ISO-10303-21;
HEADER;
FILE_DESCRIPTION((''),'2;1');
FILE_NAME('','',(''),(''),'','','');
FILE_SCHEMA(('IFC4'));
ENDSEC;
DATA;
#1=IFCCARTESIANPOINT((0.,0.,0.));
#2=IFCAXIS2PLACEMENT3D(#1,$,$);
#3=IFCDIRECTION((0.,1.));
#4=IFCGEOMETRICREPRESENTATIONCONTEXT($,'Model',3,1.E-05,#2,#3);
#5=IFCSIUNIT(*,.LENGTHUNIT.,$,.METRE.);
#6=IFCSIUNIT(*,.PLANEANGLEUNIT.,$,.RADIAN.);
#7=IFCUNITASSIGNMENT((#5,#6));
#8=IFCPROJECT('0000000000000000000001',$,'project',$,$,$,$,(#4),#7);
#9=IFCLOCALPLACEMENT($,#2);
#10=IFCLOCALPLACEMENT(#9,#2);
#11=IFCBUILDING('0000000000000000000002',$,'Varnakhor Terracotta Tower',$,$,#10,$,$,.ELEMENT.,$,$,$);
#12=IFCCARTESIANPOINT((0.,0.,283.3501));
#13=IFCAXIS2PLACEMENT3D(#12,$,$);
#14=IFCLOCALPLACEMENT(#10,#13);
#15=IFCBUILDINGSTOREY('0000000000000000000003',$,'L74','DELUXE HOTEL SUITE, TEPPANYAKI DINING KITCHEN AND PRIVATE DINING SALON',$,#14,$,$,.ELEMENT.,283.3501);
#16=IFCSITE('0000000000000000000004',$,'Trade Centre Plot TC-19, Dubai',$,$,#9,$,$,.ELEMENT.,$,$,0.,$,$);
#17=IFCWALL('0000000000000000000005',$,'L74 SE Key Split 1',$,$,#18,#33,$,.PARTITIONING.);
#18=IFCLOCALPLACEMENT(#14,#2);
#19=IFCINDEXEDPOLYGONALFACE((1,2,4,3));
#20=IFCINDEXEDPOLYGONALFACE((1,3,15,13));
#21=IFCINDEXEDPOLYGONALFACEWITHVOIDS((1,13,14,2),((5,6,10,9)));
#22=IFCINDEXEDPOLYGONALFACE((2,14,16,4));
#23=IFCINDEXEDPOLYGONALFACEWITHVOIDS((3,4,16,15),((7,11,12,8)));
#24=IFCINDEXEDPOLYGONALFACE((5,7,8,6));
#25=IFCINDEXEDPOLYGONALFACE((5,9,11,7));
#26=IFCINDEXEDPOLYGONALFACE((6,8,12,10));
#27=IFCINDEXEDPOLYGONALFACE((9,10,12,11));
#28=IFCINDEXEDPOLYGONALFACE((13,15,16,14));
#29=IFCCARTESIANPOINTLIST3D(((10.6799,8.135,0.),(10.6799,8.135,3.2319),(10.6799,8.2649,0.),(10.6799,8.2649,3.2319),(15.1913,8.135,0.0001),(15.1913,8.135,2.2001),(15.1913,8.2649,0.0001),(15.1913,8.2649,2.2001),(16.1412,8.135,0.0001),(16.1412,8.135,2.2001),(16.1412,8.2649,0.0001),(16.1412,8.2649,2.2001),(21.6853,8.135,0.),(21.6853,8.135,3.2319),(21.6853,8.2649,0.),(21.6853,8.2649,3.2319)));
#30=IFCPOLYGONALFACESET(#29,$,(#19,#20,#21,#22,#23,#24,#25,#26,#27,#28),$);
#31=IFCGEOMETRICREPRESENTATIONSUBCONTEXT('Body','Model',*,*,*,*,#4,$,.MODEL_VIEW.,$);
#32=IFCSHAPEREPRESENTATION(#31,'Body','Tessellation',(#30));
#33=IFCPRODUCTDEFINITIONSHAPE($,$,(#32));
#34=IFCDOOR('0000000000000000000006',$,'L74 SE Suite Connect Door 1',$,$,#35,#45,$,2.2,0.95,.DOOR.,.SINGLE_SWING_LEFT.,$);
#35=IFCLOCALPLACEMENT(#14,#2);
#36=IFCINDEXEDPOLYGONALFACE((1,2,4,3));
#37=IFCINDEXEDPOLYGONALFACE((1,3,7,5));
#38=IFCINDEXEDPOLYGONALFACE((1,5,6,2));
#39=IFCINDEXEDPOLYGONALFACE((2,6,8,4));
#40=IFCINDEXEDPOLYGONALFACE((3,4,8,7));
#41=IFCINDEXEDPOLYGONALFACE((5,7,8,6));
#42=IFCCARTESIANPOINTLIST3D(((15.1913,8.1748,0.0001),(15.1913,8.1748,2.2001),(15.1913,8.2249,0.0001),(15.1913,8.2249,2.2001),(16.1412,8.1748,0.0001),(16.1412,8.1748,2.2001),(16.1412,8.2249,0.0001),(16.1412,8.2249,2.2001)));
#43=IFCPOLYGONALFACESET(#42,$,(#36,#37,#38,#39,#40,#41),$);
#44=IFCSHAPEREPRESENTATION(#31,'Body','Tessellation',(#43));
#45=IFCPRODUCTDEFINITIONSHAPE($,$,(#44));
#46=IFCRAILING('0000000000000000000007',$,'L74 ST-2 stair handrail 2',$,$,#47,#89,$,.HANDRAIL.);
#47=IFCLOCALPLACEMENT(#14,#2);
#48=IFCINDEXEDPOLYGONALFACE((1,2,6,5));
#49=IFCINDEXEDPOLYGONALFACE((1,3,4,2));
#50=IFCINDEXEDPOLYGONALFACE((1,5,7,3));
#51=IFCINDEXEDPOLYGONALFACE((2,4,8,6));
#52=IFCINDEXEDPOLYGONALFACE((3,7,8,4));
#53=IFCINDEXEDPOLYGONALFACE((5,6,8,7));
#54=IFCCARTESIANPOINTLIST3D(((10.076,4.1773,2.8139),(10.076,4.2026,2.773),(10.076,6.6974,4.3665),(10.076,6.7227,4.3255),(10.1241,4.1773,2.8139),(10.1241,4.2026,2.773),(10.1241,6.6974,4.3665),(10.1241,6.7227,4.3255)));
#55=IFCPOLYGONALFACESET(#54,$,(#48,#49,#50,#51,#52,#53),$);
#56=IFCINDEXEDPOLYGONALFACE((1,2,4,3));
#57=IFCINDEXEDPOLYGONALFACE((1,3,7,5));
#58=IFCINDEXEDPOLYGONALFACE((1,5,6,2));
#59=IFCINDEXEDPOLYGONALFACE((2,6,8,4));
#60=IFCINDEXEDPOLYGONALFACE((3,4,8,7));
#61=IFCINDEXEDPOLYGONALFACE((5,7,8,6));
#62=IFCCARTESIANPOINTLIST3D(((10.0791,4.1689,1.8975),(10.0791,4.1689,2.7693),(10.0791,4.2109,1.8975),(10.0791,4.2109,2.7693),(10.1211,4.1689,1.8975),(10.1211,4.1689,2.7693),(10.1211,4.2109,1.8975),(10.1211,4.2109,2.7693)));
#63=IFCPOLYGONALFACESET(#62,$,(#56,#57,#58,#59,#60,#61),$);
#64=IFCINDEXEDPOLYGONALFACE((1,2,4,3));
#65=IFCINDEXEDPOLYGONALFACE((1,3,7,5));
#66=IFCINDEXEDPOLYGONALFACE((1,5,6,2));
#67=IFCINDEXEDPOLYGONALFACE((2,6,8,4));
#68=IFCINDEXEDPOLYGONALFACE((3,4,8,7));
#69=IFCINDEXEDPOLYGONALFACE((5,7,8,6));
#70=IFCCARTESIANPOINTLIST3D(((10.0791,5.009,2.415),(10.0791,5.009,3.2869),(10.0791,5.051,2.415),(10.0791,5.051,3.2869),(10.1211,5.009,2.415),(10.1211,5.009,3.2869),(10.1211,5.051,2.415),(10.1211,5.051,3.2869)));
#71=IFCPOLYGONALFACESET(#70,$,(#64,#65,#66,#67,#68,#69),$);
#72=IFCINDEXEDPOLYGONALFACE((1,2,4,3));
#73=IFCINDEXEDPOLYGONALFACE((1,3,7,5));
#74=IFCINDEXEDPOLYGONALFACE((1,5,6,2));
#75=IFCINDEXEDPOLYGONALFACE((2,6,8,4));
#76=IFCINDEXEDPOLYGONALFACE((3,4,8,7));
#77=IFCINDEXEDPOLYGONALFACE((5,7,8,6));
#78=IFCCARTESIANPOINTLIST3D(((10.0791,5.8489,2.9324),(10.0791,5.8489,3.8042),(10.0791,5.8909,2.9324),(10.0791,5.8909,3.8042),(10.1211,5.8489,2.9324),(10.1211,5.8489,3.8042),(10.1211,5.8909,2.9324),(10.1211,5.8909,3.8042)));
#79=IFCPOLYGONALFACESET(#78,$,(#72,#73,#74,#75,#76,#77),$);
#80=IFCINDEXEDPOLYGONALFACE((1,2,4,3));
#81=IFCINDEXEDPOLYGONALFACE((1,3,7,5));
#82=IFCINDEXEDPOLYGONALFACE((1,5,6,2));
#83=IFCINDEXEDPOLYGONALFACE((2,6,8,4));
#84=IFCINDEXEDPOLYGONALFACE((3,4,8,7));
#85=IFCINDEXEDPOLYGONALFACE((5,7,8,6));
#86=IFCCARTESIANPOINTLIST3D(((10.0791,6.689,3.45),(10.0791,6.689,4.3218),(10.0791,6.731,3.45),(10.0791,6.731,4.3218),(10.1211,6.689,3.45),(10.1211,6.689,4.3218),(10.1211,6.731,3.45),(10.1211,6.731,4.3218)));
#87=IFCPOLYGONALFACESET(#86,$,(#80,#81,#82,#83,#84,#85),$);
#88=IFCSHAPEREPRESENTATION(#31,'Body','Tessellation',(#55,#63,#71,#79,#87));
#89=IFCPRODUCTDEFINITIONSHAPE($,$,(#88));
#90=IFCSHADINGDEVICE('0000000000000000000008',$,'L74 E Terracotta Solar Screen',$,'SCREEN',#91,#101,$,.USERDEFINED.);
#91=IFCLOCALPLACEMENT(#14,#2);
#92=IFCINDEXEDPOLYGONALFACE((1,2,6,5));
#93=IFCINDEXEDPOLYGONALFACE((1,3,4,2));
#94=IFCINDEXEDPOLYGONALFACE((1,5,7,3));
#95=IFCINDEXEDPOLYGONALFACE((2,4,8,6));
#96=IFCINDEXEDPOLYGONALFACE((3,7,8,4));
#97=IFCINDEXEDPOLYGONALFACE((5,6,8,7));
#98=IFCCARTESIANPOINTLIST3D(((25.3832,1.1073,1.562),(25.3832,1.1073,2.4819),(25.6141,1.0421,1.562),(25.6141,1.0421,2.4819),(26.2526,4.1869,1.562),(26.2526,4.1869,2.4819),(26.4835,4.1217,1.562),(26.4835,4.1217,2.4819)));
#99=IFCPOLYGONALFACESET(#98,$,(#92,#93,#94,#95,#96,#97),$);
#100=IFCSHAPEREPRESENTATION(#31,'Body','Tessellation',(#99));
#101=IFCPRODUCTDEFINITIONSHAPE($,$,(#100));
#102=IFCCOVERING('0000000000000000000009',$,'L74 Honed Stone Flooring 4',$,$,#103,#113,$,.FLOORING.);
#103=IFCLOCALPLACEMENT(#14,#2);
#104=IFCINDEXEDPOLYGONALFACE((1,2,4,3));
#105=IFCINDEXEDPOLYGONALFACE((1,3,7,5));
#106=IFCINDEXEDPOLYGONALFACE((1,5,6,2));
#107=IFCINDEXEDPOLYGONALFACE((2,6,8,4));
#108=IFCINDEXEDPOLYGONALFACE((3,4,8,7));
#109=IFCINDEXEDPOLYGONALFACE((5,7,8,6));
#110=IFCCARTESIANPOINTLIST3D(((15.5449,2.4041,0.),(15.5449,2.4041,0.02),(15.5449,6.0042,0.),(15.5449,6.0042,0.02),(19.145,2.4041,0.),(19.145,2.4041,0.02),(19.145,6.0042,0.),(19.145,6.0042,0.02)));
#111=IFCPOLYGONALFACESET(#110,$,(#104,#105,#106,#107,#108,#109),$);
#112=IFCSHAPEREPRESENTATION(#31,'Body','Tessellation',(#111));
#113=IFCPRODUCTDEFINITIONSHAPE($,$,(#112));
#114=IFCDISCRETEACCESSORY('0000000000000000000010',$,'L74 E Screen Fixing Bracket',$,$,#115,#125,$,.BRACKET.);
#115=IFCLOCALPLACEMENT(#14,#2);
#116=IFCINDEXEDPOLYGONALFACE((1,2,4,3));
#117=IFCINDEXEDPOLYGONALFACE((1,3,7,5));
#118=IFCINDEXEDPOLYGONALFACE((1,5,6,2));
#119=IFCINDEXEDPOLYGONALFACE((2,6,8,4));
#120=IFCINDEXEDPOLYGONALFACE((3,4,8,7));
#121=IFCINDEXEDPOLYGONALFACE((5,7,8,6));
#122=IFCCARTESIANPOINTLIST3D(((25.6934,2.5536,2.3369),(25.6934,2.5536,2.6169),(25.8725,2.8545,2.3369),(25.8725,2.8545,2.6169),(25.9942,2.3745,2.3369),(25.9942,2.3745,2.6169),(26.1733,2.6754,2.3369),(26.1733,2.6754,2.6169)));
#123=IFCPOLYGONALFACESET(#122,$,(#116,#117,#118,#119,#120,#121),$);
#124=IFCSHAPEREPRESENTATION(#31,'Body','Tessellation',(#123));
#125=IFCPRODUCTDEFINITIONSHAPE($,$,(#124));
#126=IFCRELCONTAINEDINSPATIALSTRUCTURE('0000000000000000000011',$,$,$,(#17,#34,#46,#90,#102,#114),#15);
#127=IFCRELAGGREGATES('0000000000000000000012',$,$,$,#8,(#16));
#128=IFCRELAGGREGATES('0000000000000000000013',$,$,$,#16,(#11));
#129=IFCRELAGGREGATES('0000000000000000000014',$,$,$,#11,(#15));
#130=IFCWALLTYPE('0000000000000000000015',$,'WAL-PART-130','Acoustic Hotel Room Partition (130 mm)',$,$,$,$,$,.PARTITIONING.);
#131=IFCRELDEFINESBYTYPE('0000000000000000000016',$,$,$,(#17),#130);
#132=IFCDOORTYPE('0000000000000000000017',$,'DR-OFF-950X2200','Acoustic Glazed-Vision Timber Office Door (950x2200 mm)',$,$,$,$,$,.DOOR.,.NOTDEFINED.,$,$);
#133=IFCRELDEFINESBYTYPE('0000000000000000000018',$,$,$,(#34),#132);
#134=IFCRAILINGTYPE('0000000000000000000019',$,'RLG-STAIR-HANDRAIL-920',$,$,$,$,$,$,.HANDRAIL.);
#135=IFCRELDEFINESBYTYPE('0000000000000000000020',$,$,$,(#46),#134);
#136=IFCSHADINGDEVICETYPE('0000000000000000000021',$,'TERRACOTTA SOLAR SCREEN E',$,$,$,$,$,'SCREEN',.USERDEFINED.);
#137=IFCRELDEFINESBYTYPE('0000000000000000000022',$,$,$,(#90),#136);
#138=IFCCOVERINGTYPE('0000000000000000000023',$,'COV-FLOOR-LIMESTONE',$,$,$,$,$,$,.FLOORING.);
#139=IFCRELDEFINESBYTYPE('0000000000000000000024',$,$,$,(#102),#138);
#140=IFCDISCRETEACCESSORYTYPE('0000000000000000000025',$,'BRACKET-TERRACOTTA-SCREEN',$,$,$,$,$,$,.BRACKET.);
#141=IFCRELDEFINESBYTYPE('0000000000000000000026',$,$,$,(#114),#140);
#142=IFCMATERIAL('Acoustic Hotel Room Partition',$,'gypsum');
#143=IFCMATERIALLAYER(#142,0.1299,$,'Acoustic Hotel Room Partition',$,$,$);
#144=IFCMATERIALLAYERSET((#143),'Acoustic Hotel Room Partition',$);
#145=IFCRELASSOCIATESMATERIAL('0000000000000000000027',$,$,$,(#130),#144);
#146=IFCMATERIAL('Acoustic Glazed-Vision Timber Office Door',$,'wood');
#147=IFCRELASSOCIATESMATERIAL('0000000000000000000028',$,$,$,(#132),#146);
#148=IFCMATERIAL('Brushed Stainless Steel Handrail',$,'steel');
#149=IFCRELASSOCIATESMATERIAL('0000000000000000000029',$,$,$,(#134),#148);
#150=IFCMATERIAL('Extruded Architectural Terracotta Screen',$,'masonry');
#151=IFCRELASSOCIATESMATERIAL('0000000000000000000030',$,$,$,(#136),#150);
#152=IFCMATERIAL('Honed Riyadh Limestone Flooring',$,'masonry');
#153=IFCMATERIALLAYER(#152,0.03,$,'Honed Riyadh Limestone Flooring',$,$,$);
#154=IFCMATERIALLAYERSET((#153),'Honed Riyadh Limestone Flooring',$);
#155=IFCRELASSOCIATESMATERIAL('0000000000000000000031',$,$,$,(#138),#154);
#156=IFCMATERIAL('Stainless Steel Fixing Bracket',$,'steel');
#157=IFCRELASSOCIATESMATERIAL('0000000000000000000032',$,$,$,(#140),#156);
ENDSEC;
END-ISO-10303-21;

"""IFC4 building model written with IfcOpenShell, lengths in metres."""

from ifc_helpers import new_model, si_unit, direction, frame, frame_2d, origin, origin_2d, place, context, subcontext, project, spatial, rectangle, extrude, source, transform, mapped, material, layer, layer_set, type_object, type_shapes, element, fill, save


model = new_model("IFC4")

# Units and contexts
model_context = context("Model", 3, precision=1e-05, world=origin(), true_north=direction((0.0, 1.0)))
body_context = subcontext(model_context, "Body", "Model", "MODEL_VIEW")
ifc_project = project(units=[si_unit("LENGTHUNIT", "METRE"), si_unit("PLANEANGLEUNIT", "RADIAN")], contexts=[model_context])

# Site, building, storey
site_placement = place(None, origin())
site = spatial("IfcSite", under=ifc_project, at=site_placement, Name="Trade Centre Plot TC-19, Dubai", CompositionType="ELEMENT", RefElevation=0.0)
building_placement = place(site_placement, origin())
building = spatial("IfcBuilding", under=site, at=building_placement, Name="Varnakhor Terracotta Tower", CompositionType="ELEMENT")
storey_placement = place(building_placement, frame((0.0, 0.0, 283.3501)))
storey = spatial("IfcBuildingStorey", under=building, at=storey_placement, Name="L74", Description="DELUXE HOTEL SUITE, TEPPANYAKI DINING KITCHEN AND PRIVATE DINING SALON", CompositionType="ELEMENT", Elevation=283.3501)

# Wall, opening, door
ifc_material_1 = material(Name="Acoustic Hotel Room Partition", Category="gypsum")
ifc_layer_1 = layer(ifc_material_1, 0.1299, Name="Acoustic Hotel Room Partition")
ifc_layer_set_1 = layer_set([ifc_layer_1], Name="Acoustic Hotel Room Partition")
wall_type_1 = type_object("IfcWallType", Name="WAL-PART-130", Description="Acoustic Hotel Room Partition (130 mm)", PredefinedType="PARTITIONING", material=ifc_layer_set_1)
wall_1_placement = place(storey_placement, frame((10.6799, 8.2, 0.0), z_axis=(0.0, 0.0, 1.0), x_axis=(1.0, 0.0, 0.0)))
wall_1 = element("IfcWall", 1, at=wall_1_placement, inside=storey, type_object=wall_type_1, Name="L74 SE Key Split 1", PredefinedType="PARTITIONING", context=body_context, shape_type="SweptSolid", body=[
    extrude(rectangle(XDim=11.0054, YDim=0.1299, at=frame_2d((5.5027, 0.0))), origin(), (0.0, 0.0, 1.0), 3.2319),
])
opening_placement = place(wall_1_placement, frame((4.5112, 0.0, 0.0)))
opening = element("IfcOpeningElement", 2, at=opening_placement, cuts=wall_1, PredefinedType="OPENING", context=body_context, shape_type="SweptSolid", body=[
    extrude(rectangle(XDim=0.95, YDim=2.2, at=frame_2d((0.4751, 1.1001))), frame((0.0, 0.075, 0.0), z_axis=(0.0, -1.0, 0.0), x_axis=(1.0, 0.0, 0.0)), (0.0, 0.0, 1.0), 0.1499),
])
ifc_material_2 = material(Name="Acoustic Glazed-Vision Timber Office Door", Category="wood")
door_type = type_object("IfcDoorType", Name="DR-OFF-950X2200", Description="Acoustic Glazed-Vision Timber Office Door (950x2200 mm)", OperationType="NOTDEFINED", PredefinedType="DOOR", material=ifc_material_2)
shared_shape_1 = source(origin(), body_context, "Body", "SweptSolid", [
    extrude(rectangle(XDim=0.95, YDim=2.2, at=frame_2d((0.4751, 1.1001))), frame((0.0, 0.0249, 0.0), z_axis=(0.0, -1.0, 0.0), x_axis=(1.0, 0.0, 0.0)), (0.0, 0.0, 1.0), 0.05),
])
type_shapes(door_type, [shared_shape_1])
door_placement = place(opening_placement, origin())
door = element("IfcDoor", 3, at=door_placement, inside=storey, type_object=door_type, Name="L74 SE Suite Connect Door 1", OperationType="SINGLE_SWING_LEFT", OverallHeight=2.2, OverallWidth=0.95, PredefinedType="DOOR", context=body_context, shape_type="MappedRepresentation", body=[
    mapped(shared_shape_1, transform((0.0, 0.0, 0.0), scale=1.0)),
])
fill(opening, door)

# Railing
ifc_material_3 = material(Name="Brushed Stainless Steel Handrail", Category="steel")
railing_type = type_object("IfcRailingType", Name="RLG-STAIR-HANDRAIL-920", PredefinedType="HANDRAIL", material=ifc_material_3)
railing_placement = place(storey_placement, frame((10.1001, 4.1899, 1.8975)))
element("IfcRailing", 4, at=railing_placement, inside=storey, type_object=railing_type, Name="L74 ST-2 stair handrail 2", PredefinedType="HANDRAIL", context=body_context, shape_type="SweptSolid", body=[
    extrude(rectangle(XDim=0.0481, YDim=0.0481, at=origin_2d()), frame((0.0, 0.0, 0.896), z_axis=(0.0, 0.8514, 0.524516), x_axis=(-1.0, 0.0, 0.0)), (0.0, 0.0, 1.0), 2.96),
    extrude(rectangle(XDim=0.042, YDim=0.042, at=origin_2d()), origin(), (0.0, 0.0, 1.0), 0.8718),
    extrude(rectangle(XDim=0.042, YDim=0.042, at=origin_2d()), frame((0.0, 0.8401, 0.5176)), (0.0, 0.0, 1.0), 0.8718),
    extrude(rectangle(XDim=0.042, YDim=0.042, at=origin_2d()), frame((0.0, 1.6799, 1.0349)), (0.0, 0.0, 1.0), 0.8718),
    extrude(rectangle(XDim=0.042, YDim=0.042, at=origin_2d()), frame((0.0, 2.52, 1.5525)), (0.0, 0.0, 1.0), 0.8718),
])

# Shading device
ifc_material_4 = material(Name="Extruded Architectural Terracotta Screen", Category="masonry")
shading_device_type = type_object("IfcShadingDeviceType", Name="TERRACOTTA SOLAR SCREEN E", ElementType="SCREEN", PredefinedType="USERDEFINED", material=ifc_material_4)
shared_shape_2 = source(origin(), body_context, "Body", "SweptSolid", [
    extrude(rectangle(XDim=3.2, YDim=0.24, at=origin_2d()), origin(), (0.0, 0.0, 1.0), 0.9199),
])
type_shapes(shading_device_type, [shared_shape_2])
shading_device_placement = place(storey_placement, frame((25.9333, 2.6145, 1.562), z_axis=(0.0, 0.0, 1.0), x_axis=(0.271692, 0.962384, 0.0)))
element("IfcShadingDevice", 5, at=shading_device_placement, inside=storey, type_object=shading_device_type, Name="L74 E Terracotta Solar Screen", ObjectType="SCREEN", PredefinedType="USERDEFINED", context=body_context, shape_type="MappedRepresentation", body=[
    mapped(shared_shape_2, transform((0.0, 0.0, 0.0), scale=1.0)),
])

# Covering
ifc_material_5 = material(Name="Honed Riyadh Limestone Flooring", Category="masonry")
ifc_layer_2 = layer(ifc_material_5, 0.03, Name="Honed Riyadh Limestone Flooring")
ifc_layer_set_2 = layer_set([ifc_layer_2], Name="Honed Riyadh Limestone Flooring")
covering_type = type_object("IfcCoveringType", Name="COV-FLOOR-LIMESTONE", PredefinedType="FLOORING", material=ifc_layer_set_2)
shared_shape_3 = source(origin(), body_context, "Body", "SweptSolid", [
    extrude(rectangle(XDim=3.6001, YDim=3.6001, at=origin_2d()), origin(), (0.0, 0.0, 1.0), 0.02),
])
covering_placement = place(storey_placement, frame((17.345, 4.2041, 0.0), z_axis=(0.0, 0.0, 1.0), x_axis=(1.0, 0.0, 0.0)))
element("IfcCovering", 6, at=covering_placement, inside=storey, type_object=covering_type, Name="L74 Honed Stone Flooring 4", PredefinedType="FLOORING", context=body_context, shape_type="MappedRepresentation", body=[
    mapped(shared_shape_3, transform((0.0, 0.0, 0.0), scale=1.0)),
])

# Discrete accessory
ifc_material_6 = material(Name="Stainless Steel Fixing Bracket", Category="steel")
discrete_accessory_type = type_object("IfcDiscreteAccessoryType", Name="BRACKET-TERRACOTTA-SCREEN", PredefinedType="BRACKET", material=ifc_material_6)
shared_shape_4 = source(origin(), body_context, "Body", "SweptSolid", [
    extrude(rectangle(XDim=0.3501, YDim=0.3501, at=origin_2d()), origin(), (0.0, 0.0, 1.0), 0.28),
])
type_shapes(discrete_accessory_type, [shared_shape_4])
discrete_accessory_placement = place(storey_placement, frame((25.9333, 2.6145, 2.3369), z_axis=(0.0, 0.0, 1.0), x_axis=(0.511518, 0.859273, 0.0)))
element("IfcDiscreteAccessory", 7, at=discrete_accessory_placement, inside=storey, type_object=discrete_accessory_type, Name="L74 E Screen Fixing Bracket", PredefinedType="BRACKET", context=body_context, shape_type="MappedRepresentation", body=[
    mapped(shared_shape_4, transform((0.0, 0.0, 0.0), scale=1.0)),
])

save(model, "model.ifc")
